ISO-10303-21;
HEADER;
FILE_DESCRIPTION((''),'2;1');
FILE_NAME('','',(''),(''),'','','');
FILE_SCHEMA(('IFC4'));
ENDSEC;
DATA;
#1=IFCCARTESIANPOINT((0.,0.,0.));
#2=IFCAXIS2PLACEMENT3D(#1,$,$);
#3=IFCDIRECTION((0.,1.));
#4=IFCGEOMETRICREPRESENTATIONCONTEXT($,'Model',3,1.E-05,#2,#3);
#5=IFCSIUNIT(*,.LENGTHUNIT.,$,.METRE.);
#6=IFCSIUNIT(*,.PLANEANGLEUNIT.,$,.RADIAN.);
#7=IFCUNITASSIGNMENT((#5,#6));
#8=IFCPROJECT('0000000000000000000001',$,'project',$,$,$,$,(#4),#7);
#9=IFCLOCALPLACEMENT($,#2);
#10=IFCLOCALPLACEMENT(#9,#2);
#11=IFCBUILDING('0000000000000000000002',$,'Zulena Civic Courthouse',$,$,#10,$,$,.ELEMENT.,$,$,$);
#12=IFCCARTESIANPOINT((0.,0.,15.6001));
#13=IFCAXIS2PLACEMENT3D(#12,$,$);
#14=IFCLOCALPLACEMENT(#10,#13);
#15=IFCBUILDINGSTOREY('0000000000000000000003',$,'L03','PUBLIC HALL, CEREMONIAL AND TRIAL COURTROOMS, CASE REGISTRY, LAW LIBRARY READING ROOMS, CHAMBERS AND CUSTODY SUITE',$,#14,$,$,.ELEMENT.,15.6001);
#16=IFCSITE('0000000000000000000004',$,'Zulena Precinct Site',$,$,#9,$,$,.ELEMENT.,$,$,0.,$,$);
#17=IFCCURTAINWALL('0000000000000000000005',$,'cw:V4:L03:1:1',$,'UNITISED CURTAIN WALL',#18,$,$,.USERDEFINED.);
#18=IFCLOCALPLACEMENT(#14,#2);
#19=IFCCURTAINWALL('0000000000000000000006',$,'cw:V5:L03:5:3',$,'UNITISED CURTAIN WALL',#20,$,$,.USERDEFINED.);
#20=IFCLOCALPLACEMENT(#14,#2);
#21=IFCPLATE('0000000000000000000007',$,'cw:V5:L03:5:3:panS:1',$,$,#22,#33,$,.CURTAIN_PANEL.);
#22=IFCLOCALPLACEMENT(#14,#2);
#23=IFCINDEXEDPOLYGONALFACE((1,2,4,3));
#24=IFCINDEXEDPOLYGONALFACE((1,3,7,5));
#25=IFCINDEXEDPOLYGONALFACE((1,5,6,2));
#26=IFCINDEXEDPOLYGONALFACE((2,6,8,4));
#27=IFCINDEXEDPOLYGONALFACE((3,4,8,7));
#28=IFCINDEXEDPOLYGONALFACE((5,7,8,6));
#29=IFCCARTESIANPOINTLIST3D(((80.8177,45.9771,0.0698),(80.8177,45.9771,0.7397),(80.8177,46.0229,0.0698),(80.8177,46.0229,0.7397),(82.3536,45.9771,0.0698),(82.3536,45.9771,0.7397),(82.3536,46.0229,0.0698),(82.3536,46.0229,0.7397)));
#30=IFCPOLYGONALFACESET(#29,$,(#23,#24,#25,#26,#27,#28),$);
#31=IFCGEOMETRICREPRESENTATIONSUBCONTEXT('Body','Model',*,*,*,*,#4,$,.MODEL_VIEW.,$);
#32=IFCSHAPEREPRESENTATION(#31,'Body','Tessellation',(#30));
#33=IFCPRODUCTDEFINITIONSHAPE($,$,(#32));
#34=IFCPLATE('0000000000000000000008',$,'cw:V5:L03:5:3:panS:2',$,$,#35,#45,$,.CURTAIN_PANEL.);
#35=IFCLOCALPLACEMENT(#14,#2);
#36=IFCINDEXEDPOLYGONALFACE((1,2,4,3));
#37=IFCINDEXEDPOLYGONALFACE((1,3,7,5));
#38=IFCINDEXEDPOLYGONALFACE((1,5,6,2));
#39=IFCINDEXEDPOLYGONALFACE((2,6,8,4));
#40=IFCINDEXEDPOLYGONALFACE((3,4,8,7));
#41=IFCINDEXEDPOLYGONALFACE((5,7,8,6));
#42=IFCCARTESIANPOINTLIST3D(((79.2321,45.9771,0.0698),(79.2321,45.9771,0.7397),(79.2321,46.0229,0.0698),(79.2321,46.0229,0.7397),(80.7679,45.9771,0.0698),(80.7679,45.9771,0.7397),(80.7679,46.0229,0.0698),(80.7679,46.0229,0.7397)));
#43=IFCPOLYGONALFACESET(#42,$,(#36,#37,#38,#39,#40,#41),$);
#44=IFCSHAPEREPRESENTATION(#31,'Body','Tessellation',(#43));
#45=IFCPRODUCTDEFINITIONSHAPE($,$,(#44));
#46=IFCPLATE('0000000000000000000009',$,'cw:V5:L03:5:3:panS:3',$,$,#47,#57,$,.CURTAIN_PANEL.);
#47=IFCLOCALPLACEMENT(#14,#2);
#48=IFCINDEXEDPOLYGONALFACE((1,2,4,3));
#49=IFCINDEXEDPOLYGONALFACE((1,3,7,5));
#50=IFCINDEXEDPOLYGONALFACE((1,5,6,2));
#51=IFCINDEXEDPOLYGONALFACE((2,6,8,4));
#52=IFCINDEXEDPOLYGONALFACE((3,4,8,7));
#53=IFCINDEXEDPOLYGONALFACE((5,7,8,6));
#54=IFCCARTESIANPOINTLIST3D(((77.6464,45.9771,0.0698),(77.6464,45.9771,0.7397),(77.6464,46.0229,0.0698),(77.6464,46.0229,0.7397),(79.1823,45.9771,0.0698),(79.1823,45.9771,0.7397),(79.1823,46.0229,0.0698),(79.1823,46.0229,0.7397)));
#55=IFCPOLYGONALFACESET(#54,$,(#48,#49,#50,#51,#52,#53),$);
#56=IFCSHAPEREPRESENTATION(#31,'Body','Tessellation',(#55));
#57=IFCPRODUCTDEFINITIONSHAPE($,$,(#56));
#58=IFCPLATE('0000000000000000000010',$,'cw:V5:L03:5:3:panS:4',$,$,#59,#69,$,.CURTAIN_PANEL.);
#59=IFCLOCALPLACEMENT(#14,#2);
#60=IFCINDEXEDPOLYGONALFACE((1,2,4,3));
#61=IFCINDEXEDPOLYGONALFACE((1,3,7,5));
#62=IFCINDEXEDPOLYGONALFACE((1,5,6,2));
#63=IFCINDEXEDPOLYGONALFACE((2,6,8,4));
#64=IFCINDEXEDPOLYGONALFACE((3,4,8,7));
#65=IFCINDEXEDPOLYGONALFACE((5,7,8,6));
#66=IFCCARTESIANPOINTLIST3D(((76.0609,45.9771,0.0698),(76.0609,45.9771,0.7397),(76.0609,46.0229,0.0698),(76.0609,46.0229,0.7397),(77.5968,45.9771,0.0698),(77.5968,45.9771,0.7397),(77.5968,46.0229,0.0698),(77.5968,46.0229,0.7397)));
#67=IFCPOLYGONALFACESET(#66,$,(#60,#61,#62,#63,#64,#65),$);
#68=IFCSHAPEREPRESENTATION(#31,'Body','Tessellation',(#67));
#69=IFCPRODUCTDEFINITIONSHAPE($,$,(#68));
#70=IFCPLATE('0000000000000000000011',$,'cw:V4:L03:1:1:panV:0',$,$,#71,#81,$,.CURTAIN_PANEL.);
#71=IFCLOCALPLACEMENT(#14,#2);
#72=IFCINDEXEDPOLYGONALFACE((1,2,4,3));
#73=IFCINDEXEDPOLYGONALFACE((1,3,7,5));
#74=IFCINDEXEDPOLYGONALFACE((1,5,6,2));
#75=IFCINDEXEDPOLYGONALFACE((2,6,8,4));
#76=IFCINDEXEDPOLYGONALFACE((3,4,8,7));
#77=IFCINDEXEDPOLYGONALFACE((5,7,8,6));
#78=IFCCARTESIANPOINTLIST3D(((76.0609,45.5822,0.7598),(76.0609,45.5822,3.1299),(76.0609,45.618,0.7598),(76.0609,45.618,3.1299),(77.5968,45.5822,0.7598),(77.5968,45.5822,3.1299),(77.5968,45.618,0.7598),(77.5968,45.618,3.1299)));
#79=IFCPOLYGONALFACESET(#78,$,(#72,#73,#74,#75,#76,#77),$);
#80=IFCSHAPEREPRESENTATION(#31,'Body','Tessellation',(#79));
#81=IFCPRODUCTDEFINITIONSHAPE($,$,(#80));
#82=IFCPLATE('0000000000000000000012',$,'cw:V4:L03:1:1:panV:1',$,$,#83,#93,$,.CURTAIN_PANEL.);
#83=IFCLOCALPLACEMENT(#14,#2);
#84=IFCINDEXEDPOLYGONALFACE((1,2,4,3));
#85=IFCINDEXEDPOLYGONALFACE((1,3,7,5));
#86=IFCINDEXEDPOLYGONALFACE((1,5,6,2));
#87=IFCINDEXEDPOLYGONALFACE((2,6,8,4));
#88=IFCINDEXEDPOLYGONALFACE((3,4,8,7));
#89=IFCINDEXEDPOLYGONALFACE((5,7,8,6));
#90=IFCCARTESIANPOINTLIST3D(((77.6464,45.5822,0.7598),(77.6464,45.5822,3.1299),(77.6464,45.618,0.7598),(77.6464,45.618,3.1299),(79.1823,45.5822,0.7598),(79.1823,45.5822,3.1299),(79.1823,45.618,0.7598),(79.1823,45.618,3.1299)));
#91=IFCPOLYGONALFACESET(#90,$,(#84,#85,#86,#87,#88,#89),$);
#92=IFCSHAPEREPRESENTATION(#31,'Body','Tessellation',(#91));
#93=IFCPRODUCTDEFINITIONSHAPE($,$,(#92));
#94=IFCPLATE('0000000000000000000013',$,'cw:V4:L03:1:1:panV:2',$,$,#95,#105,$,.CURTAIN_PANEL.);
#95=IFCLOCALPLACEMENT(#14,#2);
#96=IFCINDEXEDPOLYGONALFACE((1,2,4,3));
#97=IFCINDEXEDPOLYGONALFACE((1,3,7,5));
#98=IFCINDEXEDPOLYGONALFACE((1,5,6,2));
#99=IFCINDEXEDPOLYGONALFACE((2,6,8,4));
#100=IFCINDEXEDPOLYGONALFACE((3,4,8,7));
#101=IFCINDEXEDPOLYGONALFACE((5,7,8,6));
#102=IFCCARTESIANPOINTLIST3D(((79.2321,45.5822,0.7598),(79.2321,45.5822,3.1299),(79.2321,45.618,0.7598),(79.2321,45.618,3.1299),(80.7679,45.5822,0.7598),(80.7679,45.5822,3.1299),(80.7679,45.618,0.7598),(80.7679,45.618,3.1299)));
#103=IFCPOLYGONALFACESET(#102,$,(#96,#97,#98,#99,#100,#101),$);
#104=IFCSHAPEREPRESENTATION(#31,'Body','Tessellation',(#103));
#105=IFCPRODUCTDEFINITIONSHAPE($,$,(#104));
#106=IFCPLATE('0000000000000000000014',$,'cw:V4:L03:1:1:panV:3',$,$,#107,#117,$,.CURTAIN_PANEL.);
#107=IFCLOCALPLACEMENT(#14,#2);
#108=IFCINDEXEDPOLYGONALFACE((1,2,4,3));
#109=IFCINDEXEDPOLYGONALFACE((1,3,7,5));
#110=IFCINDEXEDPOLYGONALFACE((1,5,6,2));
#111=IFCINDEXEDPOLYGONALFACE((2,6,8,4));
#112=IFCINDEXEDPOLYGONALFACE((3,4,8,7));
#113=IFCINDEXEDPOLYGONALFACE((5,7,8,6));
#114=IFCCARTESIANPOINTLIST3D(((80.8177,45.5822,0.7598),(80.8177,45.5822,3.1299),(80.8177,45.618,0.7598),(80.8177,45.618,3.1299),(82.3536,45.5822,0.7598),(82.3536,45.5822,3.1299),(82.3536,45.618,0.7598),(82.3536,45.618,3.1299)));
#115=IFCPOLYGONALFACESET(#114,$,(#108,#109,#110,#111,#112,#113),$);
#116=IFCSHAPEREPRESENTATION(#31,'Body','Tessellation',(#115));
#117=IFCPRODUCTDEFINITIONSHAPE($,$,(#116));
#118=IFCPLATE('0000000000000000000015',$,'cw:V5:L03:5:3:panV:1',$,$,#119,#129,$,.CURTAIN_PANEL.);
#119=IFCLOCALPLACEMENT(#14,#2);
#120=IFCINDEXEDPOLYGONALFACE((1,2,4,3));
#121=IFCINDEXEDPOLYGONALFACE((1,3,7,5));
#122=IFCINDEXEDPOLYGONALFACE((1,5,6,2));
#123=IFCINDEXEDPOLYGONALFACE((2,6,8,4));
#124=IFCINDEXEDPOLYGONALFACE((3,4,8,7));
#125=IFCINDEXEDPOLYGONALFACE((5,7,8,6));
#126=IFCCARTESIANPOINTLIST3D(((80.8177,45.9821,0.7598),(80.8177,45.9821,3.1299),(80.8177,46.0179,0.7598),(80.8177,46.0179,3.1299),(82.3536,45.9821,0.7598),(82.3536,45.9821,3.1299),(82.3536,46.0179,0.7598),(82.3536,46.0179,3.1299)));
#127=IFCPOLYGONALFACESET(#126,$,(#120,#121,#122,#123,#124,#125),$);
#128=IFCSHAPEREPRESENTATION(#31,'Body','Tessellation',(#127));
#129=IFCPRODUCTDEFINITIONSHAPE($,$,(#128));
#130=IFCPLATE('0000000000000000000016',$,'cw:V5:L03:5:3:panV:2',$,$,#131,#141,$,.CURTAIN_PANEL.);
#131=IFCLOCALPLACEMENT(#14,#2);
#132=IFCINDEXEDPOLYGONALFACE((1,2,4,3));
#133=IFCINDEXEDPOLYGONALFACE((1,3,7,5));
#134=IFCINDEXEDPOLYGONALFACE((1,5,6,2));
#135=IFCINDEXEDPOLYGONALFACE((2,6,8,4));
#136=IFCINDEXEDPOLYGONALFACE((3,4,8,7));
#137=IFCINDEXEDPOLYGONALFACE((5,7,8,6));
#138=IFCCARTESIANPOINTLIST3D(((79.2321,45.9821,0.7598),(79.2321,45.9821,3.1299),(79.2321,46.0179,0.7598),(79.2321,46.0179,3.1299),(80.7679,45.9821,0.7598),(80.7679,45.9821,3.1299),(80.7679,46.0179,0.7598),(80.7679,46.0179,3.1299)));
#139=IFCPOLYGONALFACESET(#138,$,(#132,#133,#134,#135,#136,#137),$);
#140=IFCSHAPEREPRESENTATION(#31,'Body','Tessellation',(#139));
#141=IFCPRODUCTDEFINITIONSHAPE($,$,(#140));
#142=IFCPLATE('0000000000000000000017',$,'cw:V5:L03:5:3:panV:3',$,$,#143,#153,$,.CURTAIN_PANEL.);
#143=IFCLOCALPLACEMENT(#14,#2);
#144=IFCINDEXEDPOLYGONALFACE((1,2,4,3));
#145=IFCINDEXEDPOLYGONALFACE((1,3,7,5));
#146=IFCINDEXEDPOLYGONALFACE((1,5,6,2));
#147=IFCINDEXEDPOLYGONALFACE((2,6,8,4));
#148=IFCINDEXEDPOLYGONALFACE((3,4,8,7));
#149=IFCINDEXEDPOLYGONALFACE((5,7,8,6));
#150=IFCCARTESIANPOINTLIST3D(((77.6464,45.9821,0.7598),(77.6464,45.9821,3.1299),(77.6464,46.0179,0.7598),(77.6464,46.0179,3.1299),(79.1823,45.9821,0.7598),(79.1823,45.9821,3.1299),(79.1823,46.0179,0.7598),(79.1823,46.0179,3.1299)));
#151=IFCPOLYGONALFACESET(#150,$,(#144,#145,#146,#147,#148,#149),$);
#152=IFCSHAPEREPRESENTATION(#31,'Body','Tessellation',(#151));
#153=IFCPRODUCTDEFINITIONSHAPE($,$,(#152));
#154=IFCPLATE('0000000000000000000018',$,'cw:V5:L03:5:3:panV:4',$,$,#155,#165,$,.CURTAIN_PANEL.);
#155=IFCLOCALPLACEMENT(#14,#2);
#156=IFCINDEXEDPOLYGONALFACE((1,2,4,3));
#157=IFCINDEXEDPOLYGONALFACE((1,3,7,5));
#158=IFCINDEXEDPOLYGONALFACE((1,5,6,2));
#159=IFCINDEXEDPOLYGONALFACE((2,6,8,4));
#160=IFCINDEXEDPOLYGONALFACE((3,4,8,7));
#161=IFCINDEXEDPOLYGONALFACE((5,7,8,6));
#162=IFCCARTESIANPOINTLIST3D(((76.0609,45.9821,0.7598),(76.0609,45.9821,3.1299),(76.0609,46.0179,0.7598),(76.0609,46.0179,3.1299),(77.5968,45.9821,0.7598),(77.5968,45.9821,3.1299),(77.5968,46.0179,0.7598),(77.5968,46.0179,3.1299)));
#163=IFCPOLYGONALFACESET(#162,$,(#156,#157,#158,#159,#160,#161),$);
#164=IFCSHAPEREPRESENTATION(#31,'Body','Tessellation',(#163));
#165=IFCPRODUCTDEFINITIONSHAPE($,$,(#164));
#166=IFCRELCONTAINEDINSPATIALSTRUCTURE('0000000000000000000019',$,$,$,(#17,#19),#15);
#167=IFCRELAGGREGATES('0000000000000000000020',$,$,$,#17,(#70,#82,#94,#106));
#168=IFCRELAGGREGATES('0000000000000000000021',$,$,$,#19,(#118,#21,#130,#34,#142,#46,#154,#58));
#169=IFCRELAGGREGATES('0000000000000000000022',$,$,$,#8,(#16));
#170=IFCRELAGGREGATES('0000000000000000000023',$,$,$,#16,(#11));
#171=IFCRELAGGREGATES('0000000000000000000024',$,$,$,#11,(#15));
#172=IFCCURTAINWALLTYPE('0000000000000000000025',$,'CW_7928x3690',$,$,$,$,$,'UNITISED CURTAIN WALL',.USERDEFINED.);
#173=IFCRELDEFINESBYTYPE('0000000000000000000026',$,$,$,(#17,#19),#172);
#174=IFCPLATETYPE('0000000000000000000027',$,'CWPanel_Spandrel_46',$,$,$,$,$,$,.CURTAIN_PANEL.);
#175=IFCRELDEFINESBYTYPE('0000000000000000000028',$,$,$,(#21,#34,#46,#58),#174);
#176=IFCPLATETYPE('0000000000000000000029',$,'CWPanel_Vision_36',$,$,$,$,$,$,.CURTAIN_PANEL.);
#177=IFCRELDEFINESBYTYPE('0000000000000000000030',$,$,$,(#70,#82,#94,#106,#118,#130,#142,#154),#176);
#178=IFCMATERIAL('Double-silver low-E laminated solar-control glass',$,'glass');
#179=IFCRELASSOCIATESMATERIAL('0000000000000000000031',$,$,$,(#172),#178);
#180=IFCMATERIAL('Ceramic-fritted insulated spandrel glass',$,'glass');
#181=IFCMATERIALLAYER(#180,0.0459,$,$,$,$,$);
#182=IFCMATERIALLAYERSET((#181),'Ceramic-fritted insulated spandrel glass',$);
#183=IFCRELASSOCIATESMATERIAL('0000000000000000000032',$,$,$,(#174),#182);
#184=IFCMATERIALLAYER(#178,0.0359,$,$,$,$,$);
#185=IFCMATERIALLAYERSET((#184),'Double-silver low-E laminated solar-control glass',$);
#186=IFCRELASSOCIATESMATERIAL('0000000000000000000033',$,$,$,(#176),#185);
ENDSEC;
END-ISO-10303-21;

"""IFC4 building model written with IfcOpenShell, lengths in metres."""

from ifc_helpers import new_model, si_unit, direction, frame, origin, origin_2d, place, context, subcontext, project, spatial, rectangle, extrude, material, layer, layer_set, type_object, element, aggregate, save


model = new_model("IFC4")

# Units and contexts
model_context = context("Model", 3, precision=1e-05, world=origin(), true_north=direction((0.0, 1.0)))
body_context = subcontext(model_context, "Body", "Model", "MODEL_VIEW")
ifc_project = project(units=[si_unit("LENGTHUNIT", "METRE"), si_unit("PLANEANGLEUNIT", "RADIAN")], contexts=[model_context])

# Site, building, storey
site_placement = place(None, origin())
site = spatial("IfcSite", under=ifc_project, at=site_placement, Name="Zulena Precinct Site", CompositionType="ELEMENT", RefElevation=0.0)
building_placement = place(site_placement, origin())
building = spatial("IfcBuilding", under=site, at=building_placement, Name="Zulena Civic Courthouse", CompositionType="ELEMENT")
storey_placement = place(building_placement, frame((0.0, 0.0, 15.6001)))
storey = spatial("IfcBuildingStorey", under=building, at=storey_placement, Name="L03", Description="PUBLIC HALL, CEREMONIAL AND TRIAL COURTROOMS, CASE REGISTRY, LAW LIBRARY READING ROOMS, CHAMBERS AND CUSTODY SUITE", CompositionType="ELEMENT", Elevation=15.6001)

# Curtain walls
ifc_material_1 = material(Name="Double-silver low-E laminated solar-control glass", Category="glass")
curtain_wall_type = type_object("IfcCurtainWallType", Name="CW_7928x3690", ElementType="UNITISED CURTAIN WALL", PredefinedType="USERDEFINED", material=ifc_material_1)
curtain_wall_1_placement = place(storey_placement, origin())
curtain_wall_1 = element("IfcCurtainWall", 1, at=curtain_wall_1_placement, inside=storey, type_object=curtain_wall_type, Name="cw:V4:L03:1:1", ObjectType="UNITISED CURTAIN WALL", PredefinedType="USERDEFINED")
curtain_wall_2_placement = place(storey_placement, origin())
curtain_wall_2 = element("IfcCurtainWall", 2, at=curtain_wall_2_placement, inside=storey, type_object=curtain_wall_type, Name="cw:V5:L03:5:3", ObjectType="UNITISED CURTAIN WALL", PredefinedType="USERDEFINED")

# Plates
ifc_material_2 = material(Name="Ceramic-fritted insulated spandrel glass", Category="glass")
ifc_layer_1 = layer(ifc_material_2, 0.0459)
ifc_layer_set_1 = layer_set([ifc_layer_1], Name="Ceramic-fritted insulated spandrel glass")
plate_type_1 = type_object("IfcPlateType", Name="CWPanel_Spandrel_46", PredefinedType="CURTAIN_PANEL", material=ifc_layer_set_1)
plate_1_placement = place(storey_placement, frame((81.5857, 46.0, 0.0698), z_axis=(0.0, 0.0, 1.0), x_axis=(-1.0, 0.0, 0.0)))
plate_1 = element("IfcPlate", 3, at=plate_1_placement, type_object=plate_type_1, Name="cw:V5:L03:5:3:panS:1", PredefinedType="CURTAIN_PANEL", context=body_context, shape_type="SweptSolid", body=[
    extrude(rectangle(XDim=1.5359, YDim=0.0459, at=origin_2d()), origin(), (0.0, 0.0, 1.0), 0.6699),
])
plate_2_placement = place(storey_placement, frame((80.0, 46.0, 0.0698), z_axis=(0.0, 0.0, 1.0), x_axis=(-1.0, 0.0, 0.0)))
plate_2 = element("IfcPlate", 4, at=plate_2_placement, type_object=plate_type_1, Name="cw:V5:L03:5:3:panS:2", PredefinedType="CURTAIN_PANEL", context=body_context, shape_type="SweptSolid", body=[
    extrude(rectangle(XDim=1.5359, YDim=0.0459, at=origin_2d()), origin(), (0.0, 0.0, 1.0), 0.6699),
])
plate_3_placement = place(storey_placement, frame((78.4143, 46.0, 0.0698), z_axis=(0.0, 0.0, 1.0), x_axis=(-1.0, 0.0, 0.0)))
plate_3 = element("IfcPlate", 5, at=plate_3_placement, type_object=plate_type_1, Name="cw:V5:L03:5:3:panS:3", PredefinedType="CURTAIN_PANEL", context=body_context, shape_type="SweptSolid", body=[
    extrude(rectangle(XDim=1.5359, YDim=0.0459, at=origin_2d()), origin(), (0.0, 0.0, 1.0), 0.6699),
])
plate_4_placement = place(storey_placement, frame((76.8289, 46.0, 0.0698), z_axis=(0.0, 0.0, 1.0), x_axis=(-1.0, 0.0, 0.0)))
plate_4 = element("IfcPlate", 6, at=plate_4_placement, type_object=plate_type_1, Name="cw:V5:L03:5:3:panS:4", PredefinedType="CURTAIN_PANEL", context=body_context, shape_type="SweptSolid", body=[
    extrude(rectangle(XDim=1.5359, YDim=0.0459, at=origin_2d()), origin(), (0.0, 0.0, 1.0), 0.6699),
])
ifc_layer_2 = layer(ifc_material_1, 0.0359)
ifc_layer_set_2 = layer_set([ifc_layer_2], Name="Double-silver low-E laminated solar-control glass")
plate_type_2 = type_object("IfcPlateType", Name="CWPanel_Vision_36", PredefinedType="CURTAIN_PANEL", material=ifc_layer_set_2)
plate_5_placement = place(storey_placement, frame((76.8289, 45.6001, 0.7598), z_axis=(0.0, 0.0, 1.0), x_axis=(1.0, 0.0, 0.0)))
plate_5 = element("IfcPlate", 7, at=plate_5_placement, type_object=plate_type_2, Name="cw:V4:L03:1:1:panV:0", PredefinedType="CURTAIN_PANEL", context=body_context, shape_type="SweptSolid", body=[
    extrude(rectangle(XDim=1.5359, YDim=0.0359, at=origin_2d()), origin(), (0.0, 0.0, 1.0), 2.3701),
])
plate_6_placement = place(storey_placement, frame((78.4143, 45.6001, 0.7598), z_axis=(0.0, 0.0, 1.0), x_axis=(1.0, 0.0, 0.0)))
plate_6 = element("IfcPlate", 8, at=plate_6_placement, type_object=plate_type_2, Name="cw:V4:L03:1:1:panV:1", PredefinedType="CURTAIN_PANEL", context=body_context, shape_type="SweptSolid", body=[
    extrude(rectangle(XDim=1.5359, YDim=0.0359, at=origin_2d()), origin(), (0.0, 0.0, 1.0), 2.3701),
])
plate_7_placement = place(storey_placement, frame((80.0, 45.6001, 0.7598), z_axis=(0.0, 0.0, 1.0), x_axis=(1.0, 0.0, 0.0)))
plate_7 = element("IfcPlate", 9, at=plate_7_placement, type_object=plate_type_2, Name="cw:V4:L03:1:1:panV:2", PredefinedType="CURTAIN_PANEL", context=body_context, shape_type="SweptSolid", body=[
    extrude(rectangle(XDim=1.5359, YDim=0.0359, at=origin_2d()), origin(), (0.0, 0.0, 1.0), 2.3701),
])
plate_8_placement = place(storey_placement, frame((81.5857, 45.6001, 0.7598), z_axis=(0.0, 0.0, 1.0), x_axis=(1.0, 0.0, 0.0)))
plate_8 = element("IfcPlate", 10, at=plate_8_placement, type_object=plate_type_2, Name="cw:V4:L03:1:1:panV:3", PredefinedType="CURTAIN_PANEL", context=body_context, shape_type="SweptSolid", body=[
    extrude(rectangle(XDim=1.5359, YDim=0.0359, at=origin_2d()), origin(), (0.0, 0.0, 1.0), 2.3701),
])
aggregate(curtain_wall_1, [plate_5, plate_6, plate_7, plate_8])
plate_9_placement = place(storey_placement, frame((81.5857, 46.0, 0.7598), z_axis=(0.0, 0.0, 1.0), x_axis=(-1.0, 0.0, 0.0)))
plate_9 = element("IfcPlate", 11, at=plate_9_placement, type_object=plate_type_2, Name="cw:V5:L03:5:3:panV:1", PredefinedType="CURTAIN_PANEL", context=body_context, shape_type="SweptSolid", body=[
    extrude(rectangle(XDim=1.5359, YDim=0.0359, at=origin_2d()), origin(), (0.0, 0.0, 1.0), 2.3701),
])
plate_10_placement = place(storey_placement, frame((80.0, 46.0, 0.7598), z_axis=(0.0, 0.0, 1.0), x_axis=(-1.0, 0.0, 0.0)))
plate_10 = element("IfcPlate", 12, at=plate_10_placement, type_object=plate_type_2, Name="cw:V5:L03:5:3:panV:2", PredefinedType="CURTAIN_PANEL", context=body_context, shape_type="SweptSolid", body=[
    extrude(rectangle(XDim=1.5359, YDim=0.0359, at=origin_2d()), origin(), (0.0, 0.0, 1.0), 2.3701),
])
plate_11_placement = place(storey_placement, frame((78.4143, 46.0, 0.7598), z_axis=(0.0, 0.0, 1.0), x_axis=(-1.0, 0.0, 0.0)))
plate_11 = element("IfcPlate", 13, at=plate_11_placement, type_object=plate_type_2, Name="cw:V5:L03:5:3:panV:3", PredefinedType="CURTAIN_PANEL", context=body_context, shape_type="SweptSolid", body=[
    extrude(rectangle(XDim=1.5359, YDim=0.0359, at=origin_2d()), origin(), (0.0, 0.0, 1.0), 2.3701),
])
plate_12_placement = place(storey_placement, frame((76.8289, 46.0, 0.7598), z_axis=(0.0, 0.0, 1.0), x_axis=(-1.0, 0.0, 0.0)))
plate_12 = element("IfcPlate", 14, at=plate_12_placement, type_object=plate_type_2, Name="cw:V5:L03:5:3:panV:4", PredefinedType="CURTAIN_PANEL", context=body_context, shape_type="SweptSolid", body=[
    extrude(rectangle(XDim=1.5359, YDim=0.0359, at=origin_2d()), origin(), (0.0, 0.0, 1.0), 2.3701),
])
aggregate(curtain_wall_2, [plate_9, plate_1, plate_10, plate_2, plate_11, plate_3, plate_12, plate_4])

save(model, "model.ifc")
